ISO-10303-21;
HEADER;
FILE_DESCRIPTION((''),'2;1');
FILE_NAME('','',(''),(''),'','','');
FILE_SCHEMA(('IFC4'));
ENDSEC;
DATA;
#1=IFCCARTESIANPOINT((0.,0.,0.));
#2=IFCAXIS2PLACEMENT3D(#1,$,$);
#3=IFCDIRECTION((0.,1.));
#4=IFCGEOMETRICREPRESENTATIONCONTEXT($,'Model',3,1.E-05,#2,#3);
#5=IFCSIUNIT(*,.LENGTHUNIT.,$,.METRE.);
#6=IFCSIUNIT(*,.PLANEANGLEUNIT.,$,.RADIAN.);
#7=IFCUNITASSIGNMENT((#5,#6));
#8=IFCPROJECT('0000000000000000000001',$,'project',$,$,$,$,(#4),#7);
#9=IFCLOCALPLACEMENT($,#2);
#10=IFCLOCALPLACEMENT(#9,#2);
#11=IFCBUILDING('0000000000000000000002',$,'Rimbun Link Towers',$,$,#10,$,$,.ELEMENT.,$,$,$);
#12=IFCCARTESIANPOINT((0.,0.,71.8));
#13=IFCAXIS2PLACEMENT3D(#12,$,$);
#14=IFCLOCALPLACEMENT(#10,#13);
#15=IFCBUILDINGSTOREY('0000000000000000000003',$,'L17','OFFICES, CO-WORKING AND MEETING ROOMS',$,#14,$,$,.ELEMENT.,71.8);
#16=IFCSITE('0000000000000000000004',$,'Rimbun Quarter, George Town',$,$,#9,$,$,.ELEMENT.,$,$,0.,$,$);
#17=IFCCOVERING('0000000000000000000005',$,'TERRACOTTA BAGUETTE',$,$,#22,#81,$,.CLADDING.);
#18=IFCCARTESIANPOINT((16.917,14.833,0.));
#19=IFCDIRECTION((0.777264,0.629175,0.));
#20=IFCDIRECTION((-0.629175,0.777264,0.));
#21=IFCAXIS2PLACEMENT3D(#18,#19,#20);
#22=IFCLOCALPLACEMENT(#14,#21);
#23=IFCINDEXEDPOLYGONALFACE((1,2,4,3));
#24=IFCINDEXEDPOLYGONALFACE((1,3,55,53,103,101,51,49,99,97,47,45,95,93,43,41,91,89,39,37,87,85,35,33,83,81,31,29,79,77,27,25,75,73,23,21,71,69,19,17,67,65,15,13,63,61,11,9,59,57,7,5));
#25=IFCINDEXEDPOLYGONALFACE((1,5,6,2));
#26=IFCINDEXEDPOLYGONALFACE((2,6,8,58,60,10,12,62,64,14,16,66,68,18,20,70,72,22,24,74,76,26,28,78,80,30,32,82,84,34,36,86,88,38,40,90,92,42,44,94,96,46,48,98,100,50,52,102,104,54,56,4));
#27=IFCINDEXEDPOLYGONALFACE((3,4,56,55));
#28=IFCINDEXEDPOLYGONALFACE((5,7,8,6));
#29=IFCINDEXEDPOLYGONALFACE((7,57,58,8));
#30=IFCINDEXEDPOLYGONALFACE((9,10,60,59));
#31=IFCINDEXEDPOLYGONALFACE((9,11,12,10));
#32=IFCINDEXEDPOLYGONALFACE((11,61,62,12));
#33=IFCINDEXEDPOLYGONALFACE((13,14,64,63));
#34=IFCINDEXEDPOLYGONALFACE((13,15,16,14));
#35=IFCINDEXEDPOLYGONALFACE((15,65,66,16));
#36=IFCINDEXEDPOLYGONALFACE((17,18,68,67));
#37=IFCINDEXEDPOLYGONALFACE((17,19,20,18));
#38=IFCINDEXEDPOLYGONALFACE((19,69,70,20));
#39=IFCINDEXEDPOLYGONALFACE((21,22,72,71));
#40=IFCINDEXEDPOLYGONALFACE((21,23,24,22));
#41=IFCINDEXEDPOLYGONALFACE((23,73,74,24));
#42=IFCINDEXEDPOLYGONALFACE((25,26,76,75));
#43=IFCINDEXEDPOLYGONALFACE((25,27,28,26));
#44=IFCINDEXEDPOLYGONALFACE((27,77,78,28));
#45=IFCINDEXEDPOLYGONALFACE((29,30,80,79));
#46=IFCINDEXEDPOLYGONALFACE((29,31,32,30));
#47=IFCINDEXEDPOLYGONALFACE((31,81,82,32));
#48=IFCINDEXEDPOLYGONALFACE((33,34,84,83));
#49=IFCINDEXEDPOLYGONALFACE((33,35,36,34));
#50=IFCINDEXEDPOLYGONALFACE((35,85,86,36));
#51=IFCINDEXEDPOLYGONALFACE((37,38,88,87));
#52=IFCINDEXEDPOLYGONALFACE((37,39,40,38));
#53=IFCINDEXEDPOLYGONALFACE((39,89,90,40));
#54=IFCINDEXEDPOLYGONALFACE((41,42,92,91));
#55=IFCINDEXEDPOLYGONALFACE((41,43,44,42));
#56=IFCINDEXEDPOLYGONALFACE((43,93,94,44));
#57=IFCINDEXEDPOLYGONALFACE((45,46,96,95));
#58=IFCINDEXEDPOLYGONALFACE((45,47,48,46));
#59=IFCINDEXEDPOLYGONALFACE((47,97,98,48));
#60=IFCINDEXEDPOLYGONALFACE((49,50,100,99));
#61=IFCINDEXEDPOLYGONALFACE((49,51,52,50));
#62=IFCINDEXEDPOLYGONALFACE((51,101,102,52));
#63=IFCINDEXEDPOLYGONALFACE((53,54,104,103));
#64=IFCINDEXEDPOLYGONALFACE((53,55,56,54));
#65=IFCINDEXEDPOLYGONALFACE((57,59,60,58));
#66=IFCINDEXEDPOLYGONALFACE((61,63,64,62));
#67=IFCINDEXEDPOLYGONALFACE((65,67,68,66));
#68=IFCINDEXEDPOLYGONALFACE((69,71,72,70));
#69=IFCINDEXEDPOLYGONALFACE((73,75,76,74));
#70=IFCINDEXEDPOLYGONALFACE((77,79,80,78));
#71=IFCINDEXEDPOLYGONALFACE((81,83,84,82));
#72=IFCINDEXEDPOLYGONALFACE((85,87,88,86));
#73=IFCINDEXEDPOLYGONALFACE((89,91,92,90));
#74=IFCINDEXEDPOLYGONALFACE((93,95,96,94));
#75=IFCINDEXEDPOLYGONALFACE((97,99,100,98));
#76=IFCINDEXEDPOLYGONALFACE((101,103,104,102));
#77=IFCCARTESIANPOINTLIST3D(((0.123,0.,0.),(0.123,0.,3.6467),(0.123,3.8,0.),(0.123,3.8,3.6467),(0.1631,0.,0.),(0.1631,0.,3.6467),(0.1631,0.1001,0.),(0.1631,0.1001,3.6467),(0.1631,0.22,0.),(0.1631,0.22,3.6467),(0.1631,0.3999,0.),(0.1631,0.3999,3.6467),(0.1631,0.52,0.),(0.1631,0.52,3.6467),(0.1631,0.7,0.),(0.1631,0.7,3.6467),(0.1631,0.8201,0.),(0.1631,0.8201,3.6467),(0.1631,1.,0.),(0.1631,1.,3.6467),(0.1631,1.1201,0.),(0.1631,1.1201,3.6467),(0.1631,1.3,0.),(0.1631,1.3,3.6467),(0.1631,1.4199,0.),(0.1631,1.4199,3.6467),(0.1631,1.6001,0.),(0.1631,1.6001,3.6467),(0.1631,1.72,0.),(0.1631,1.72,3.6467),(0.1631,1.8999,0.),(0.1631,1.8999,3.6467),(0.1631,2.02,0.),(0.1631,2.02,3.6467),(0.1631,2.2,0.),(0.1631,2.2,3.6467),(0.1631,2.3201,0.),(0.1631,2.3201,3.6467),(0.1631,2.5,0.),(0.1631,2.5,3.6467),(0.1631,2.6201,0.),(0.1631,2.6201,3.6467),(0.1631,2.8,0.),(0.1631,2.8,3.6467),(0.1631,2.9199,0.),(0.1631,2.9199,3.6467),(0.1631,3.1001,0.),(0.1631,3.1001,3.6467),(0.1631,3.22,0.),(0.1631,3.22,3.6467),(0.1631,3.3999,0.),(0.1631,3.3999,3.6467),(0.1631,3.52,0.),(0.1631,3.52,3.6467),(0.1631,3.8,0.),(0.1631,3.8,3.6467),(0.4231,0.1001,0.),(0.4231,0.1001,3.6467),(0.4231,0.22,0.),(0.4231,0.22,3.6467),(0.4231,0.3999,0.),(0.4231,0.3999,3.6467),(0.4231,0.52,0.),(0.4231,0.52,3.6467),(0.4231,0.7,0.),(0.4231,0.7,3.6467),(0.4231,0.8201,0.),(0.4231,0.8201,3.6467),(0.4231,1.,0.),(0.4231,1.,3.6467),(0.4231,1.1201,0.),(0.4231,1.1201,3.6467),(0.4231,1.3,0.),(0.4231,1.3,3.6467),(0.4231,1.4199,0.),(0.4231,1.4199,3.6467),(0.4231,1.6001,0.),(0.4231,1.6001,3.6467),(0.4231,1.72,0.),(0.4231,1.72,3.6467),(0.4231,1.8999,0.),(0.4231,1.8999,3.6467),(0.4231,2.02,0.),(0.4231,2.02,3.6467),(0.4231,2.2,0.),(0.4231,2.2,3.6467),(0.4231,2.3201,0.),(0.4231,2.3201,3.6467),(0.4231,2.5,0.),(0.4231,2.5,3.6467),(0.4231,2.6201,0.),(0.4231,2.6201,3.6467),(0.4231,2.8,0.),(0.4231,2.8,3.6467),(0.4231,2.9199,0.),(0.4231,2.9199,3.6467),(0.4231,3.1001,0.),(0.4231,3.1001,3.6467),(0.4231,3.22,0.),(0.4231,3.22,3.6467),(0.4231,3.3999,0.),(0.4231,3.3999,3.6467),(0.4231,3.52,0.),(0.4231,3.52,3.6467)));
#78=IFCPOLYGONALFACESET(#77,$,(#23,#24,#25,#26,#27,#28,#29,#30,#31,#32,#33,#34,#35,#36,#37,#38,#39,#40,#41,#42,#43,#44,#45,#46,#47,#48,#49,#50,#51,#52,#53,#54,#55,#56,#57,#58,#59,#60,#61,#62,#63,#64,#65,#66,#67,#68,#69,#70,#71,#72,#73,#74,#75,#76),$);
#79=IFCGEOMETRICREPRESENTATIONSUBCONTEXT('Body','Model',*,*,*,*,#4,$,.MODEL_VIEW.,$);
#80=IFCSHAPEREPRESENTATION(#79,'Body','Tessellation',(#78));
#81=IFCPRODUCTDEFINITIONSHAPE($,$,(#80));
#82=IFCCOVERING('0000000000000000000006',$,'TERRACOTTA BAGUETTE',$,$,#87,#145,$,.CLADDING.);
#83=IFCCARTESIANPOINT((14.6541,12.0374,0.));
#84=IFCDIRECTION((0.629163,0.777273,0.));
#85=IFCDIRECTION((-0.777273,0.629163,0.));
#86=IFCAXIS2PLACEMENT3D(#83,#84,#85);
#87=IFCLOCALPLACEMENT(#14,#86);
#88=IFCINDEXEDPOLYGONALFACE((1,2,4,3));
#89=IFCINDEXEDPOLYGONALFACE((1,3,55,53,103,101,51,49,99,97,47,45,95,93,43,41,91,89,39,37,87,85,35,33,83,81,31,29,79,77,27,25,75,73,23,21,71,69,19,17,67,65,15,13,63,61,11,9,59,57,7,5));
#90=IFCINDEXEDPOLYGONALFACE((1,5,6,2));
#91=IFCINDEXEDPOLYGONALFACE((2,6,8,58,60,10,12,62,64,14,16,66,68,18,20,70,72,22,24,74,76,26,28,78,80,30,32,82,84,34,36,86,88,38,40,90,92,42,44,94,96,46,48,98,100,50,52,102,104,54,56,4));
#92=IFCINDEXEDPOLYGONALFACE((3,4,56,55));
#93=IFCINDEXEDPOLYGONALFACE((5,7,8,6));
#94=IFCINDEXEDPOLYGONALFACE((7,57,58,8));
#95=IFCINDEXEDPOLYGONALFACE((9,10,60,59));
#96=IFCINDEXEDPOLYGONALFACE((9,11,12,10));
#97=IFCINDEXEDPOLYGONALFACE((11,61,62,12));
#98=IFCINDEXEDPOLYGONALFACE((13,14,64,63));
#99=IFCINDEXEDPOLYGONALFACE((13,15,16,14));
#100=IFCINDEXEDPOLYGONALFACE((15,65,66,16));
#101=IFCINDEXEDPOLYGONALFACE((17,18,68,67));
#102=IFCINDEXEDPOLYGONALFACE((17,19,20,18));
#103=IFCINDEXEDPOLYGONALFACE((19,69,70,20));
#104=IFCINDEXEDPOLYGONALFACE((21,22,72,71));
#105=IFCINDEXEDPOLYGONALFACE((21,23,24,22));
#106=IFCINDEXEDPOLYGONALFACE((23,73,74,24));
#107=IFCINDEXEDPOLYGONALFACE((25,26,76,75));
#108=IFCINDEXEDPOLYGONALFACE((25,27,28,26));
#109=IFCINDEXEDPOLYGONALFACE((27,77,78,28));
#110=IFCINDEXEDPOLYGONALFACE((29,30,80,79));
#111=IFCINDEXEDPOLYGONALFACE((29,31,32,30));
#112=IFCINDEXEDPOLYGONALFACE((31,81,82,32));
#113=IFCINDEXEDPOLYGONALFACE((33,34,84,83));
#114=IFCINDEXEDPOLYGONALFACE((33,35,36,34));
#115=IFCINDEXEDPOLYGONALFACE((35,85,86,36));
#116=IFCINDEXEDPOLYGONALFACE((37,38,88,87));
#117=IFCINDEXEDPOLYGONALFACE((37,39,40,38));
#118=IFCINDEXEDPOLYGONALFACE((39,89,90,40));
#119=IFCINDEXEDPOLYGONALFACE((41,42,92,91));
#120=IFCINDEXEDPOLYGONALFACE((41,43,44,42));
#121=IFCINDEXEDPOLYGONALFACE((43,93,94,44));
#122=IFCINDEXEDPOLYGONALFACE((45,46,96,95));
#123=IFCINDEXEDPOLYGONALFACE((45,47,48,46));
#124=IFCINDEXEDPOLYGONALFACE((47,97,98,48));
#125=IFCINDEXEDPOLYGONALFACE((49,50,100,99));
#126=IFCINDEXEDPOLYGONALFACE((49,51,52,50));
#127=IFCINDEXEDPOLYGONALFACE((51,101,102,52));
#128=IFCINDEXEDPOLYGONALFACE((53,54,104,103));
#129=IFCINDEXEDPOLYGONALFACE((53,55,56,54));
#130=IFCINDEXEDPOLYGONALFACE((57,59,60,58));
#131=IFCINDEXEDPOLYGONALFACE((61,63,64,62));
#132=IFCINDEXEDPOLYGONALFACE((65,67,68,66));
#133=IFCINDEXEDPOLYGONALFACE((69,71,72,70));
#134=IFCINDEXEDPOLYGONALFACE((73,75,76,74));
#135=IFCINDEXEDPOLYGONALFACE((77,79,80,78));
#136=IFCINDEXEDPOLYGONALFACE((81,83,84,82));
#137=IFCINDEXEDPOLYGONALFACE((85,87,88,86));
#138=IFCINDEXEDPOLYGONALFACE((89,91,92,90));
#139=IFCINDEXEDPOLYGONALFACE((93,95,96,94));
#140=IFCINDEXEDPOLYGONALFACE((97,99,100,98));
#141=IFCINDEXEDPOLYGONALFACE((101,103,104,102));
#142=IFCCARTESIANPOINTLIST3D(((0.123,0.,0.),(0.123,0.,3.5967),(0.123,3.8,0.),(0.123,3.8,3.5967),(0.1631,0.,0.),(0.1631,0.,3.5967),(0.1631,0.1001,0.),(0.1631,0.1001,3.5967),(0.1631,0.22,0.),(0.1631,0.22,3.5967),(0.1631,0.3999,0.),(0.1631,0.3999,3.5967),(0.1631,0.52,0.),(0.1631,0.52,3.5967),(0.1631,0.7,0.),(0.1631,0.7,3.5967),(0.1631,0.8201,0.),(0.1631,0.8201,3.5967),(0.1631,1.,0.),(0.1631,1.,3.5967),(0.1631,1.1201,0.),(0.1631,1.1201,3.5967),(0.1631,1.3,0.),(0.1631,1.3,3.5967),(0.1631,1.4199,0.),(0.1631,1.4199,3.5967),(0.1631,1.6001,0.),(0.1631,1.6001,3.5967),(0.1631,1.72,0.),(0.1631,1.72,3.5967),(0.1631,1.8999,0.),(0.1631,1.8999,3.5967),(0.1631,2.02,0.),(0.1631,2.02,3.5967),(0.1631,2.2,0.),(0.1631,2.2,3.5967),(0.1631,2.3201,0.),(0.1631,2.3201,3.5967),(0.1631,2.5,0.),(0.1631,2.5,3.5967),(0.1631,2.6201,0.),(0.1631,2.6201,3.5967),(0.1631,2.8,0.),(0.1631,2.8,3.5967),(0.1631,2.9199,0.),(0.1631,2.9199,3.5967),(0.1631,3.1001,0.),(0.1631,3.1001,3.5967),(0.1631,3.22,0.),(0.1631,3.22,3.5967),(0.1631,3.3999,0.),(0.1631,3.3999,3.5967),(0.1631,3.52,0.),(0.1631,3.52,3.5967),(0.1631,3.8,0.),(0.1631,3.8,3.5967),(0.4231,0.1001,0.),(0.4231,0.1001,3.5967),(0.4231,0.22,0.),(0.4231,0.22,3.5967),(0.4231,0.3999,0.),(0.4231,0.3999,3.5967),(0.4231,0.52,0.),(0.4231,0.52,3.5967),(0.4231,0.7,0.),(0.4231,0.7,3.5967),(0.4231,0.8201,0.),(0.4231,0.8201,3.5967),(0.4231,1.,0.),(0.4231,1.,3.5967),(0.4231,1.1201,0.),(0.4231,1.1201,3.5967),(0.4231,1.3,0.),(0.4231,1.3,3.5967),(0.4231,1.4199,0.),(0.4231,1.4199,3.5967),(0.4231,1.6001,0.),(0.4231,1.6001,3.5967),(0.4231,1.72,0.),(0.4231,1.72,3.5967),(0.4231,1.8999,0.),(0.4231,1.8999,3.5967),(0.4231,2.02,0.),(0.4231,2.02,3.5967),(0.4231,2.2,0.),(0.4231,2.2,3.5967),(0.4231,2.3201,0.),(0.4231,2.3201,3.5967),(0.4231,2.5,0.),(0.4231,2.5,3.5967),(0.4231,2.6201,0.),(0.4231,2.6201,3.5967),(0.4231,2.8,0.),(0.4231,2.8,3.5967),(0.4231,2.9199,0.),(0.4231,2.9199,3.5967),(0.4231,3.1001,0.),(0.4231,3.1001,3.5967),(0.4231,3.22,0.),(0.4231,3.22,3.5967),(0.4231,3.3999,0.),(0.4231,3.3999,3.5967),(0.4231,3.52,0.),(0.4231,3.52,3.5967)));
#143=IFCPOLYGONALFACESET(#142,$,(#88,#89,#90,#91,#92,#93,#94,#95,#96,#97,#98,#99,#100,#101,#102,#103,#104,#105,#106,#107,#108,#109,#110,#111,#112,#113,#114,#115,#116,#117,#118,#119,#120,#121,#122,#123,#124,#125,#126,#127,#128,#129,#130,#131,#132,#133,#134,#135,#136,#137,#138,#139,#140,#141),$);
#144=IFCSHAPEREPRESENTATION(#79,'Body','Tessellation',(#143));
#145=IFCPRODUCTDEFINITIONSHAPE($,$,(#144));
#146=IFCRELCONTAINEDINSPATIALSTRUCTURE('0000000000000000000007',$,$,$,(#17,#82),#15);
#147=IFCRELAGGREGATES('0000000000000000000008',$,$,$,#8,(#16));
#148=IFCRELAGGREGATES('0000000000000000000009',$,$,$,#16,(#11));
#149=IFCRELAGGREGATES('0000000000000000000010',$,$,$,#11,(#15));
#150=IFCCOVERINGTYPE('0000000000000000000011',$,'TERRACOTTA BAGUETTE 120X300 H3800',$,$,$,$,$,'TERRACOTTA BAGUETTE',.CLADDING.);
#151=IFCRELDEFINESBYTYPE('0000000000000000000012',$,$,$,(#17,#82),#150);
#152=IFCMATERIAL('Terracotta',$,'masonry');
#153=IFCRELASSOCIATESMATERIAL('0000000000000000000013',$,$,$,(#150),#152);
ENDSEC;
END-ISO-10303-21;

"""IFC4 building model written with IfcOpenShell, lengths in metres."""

from ifc_helpers import new_model, si_unit, direction, frame, origin, place, context, subcontext, project, spatial, polyline, outline, extrude, material, material_profile, profile_set, type_object, element, save


model = new_model("IFC4")

# Units and contexts
model_context = context("Model", 3, precision=1e-05, world=origin(), true_north=direction((0.0, 1.0)))
body_context = subcontext(model_context, "Body", "Model", "MODEL_VIEW")
ifc_project = project(units=[si_unit("LENGTHUNIT", "METRE"), si_unit("PLANEANGLEUNIT", "RADIAN")], contexts=[model_context])

# Site, building, storey
site_placement = place(None, origin())
site = spatial("IfcSite", under=ifc_project, at=site_placement, Name="Rimbun Quarter, George Town", CompositionType="ELEMENT", RefElevation=0.0)
building_placement = place(site_placement, origin())
building = spatial("IfcBuilding", under=site, at=building_placement, Name="Rimbun Link Towers", CompositionType="ELEMENT")
storey_placement = place(building_placement, frame((0.0, 0.0, 71.8)))
storey = spatial("IfcBuildingStorey", under=building, at=storey_placement, Name="L17", Description="OFFICES, CO-WORKING AND MEETING ROOMS", CompositionType="ELEMENT", Elevation=71.8)

# Coverings
ifc_material_1 = material(Name="Terracotta", Category="masonry")
ifc_material_profile_1 = material_profile(ifc_material_1, outline(polyline([(0.123, 0.0), (0.1631, 0.0), (0.1631, 0.1001), (0.4231, 0.1001), (0.4231, 0.22), (0.1631, 0.22), (0.1631, 0.3999), (0.4231, 0.3999), (0.4231, 0.52), (0.1631, 0.52), (0.1631, 0.7), (0.4231, 0.7), (0.4231, 0.8201), (0.1631, 0.8201), (0.1631, 1.0), (0.4231, 1.0), (0.4231, 1.1201), (0.1631, 1.1201), (0.1631, 1.3), (0.4231, 1.3), (0.4231, 1.4199), (0.1631, 1.4199), (0.1631, 1.6001), (0.4231, 1.6001), (0.4231, 1.72), (0.1631, 1.72), (0.1631, 1.8999), (0.4231, 1.8999), (0.4231, 2.02), (0.1631, 2.02), (0.1631, 2.2), (0.4231, 2.2), (0.4231, 2.3201), (0.1631, 2.3201), (0.1631, 2.5), (0.4231, 2.5), (0.4231, 2.6201), (0.1631, 2.6201), (0.1631, 2.8), (0.4231, 2.8), (0.4231, 2.9199), (0.1631, 2.9199), (0.1631, 3.1001), (0.4231, 3.1001), (0.4231, 3.22), (0.1631, 3.22), (0.1631, 3.3999), (0.4231, 3.3999), (0.4231, 3.52), (0.1631, 3.52), (0.1631, 3.8), (0.123, 3.8), (0.123, 0.0)])), Name="BAGUETTE 120X300")
ifc_profile_set_1 = profile_set([ifc_material_profile_1], Name="Terracotta")
covering_type_1 = type_object("IfcCoveringType", Name="TERRACOTTA BAGUETTE 120X300 H3800", ElementType="TERRACOTTA BAGUETTE", PredefinedType="CLADDING", material=ifc_profile_set_1)
covering_1_placement = place(storey_placement, frame((16.917, 14.833, 0.0), z_axis=(0.777264, 0.629175, 0.0), x_axis=(-0.629175, 0.777264, 0.0)))
element("IfcCovering", 1, at=covering_1_placement, inside=storey, type_object=covering_type_1, Name="TERRACOTTA BAGUETTE", PredefinedType="CLADDING", context=body_context, shape_type="SweptSolid", body=[
    extrude(outline(polyline([(0.123, 0.0), (0.1631, 0.0), (0.1631, 0.1001), (0.4231, 0.1001), (0.4231, 0.22), (0.1631, 0.22), (0.1631, 0.3999), (0.4231, 0.3999), (0.4231, 0.52), (0.1631, 0.52), (0.1631, 0.7), (0.4231, 0.7), (0.4231, 0.8201), (0.1631, 0.8201), (0.1631, 1.0), (0.4231, 1.0), (0.4231, 1.1201), (0.1631, 1.1201), (0.1631, 1.3), (0.4231, 1.3), (0.4231, 1.4199), (0.1631, 1.4199), (0.1631, 1.6001), (0.4231, 1.6001), (0.4231, 1.72), (0.1631, 1.72), (0.1631, 1.8999), (0.4231, 1.8999), (0.4231, 2.02), (0.1631, 2.02), (0.1631, 2.2), (0.4231, 2.2), (0.4231, 2.3201), (0.1631, 2.3201), (0.1631, 2.5), (0.4231, 2.5), (0.4231, 2.6201), (0.1631, 2.6201), (0.1631, 2.8), (0.4231, 2.8), (0.4231, 2.9199), (0.1631, 2.9199), (0.1631, 3.1001), (0.4231, 3.1001), (0.4231, 3.22), (0.1631, 3.22), (0.1631, 3.3999), (0.4231, 3.3999), (0.4231, 3.52), (0.1631, 3.52), (0.1631, 3.8), (0.123, 3.8), (0.123, 0.0)])), origin(), (0.0, 0.0, 1.0), 3.6467),
])
covering_2_placement = place(storey_placement, frame((14.6541, 12.0374, 0.0), z_axis=(0.629163, 0.777273, 0.0), x_axis=(-0.777273, 0.629163, 0.0)))
element("IfcCovering", 2, at=covering_2_placement, inside=storey, type_object=covering_type_1, Name="TERRACOTTA BAGUETTE", PredefinedType="CLADDING", context=body_context, shape_type="SweptSolid", body=[
    extrude(outline(polyline([(0.123, 0.0), (0.1631, 0.0), (0.1631, 0.1001), (0.4231, 0.1001), (0.4231, 0.22), (0.1631, 0.22), (0.1631, 0.3999), (0.4231, 0.3999), (0.4231, 0.52), (0.1631, 0.52), (0.1631, 0.7), (0.4231, 0.7), (0.4231, 0.8201), (0.1631, 0.8201), (0.1631, 1.0), (0.4231, 1.0), (0.4231, 1.1201), (0.1631, 1.1201), (0.1631, 1.3), (0.4231, 1.3), (0.4231, 1.4199), (0.1631, 1.4199), (0.1631, 1.6001), (0.4231, 1.6001), (0.4231, 1.72), (0.1631, 1.72), (0.1631, 1.8999), (0.4231, 1.8999), (0.4231, 2.02), (0.1631, 2.02), (0.1631, 2.2), (0.4231, 2.2), (0.4231, 2.3201), (0.1631, 2.3201), (0.1631, 2.5), (0.4231, 2.5), (0.4231, 2.6201), (0.1631, 2.6201), (0.1631, 2.8), (0.4231, 2.8), (0.4231, 2.9199), (0.1631, 2.9199), (0.1631, 3.1001), (0.4231, 3.1001), (0.4231, 3.22), (0.1631, 3.22), (0.1631, 3.3999), (0.4231, 3.3999), (0.4231, 3.52), (0.1631, 3.52), (0.1631, 3.8), (0.123, 3.8), (0.123, 0.0)])), origin(), (0.0, 0.0, 1.0), 3.5967),
])

save(model, "model.ifc")
